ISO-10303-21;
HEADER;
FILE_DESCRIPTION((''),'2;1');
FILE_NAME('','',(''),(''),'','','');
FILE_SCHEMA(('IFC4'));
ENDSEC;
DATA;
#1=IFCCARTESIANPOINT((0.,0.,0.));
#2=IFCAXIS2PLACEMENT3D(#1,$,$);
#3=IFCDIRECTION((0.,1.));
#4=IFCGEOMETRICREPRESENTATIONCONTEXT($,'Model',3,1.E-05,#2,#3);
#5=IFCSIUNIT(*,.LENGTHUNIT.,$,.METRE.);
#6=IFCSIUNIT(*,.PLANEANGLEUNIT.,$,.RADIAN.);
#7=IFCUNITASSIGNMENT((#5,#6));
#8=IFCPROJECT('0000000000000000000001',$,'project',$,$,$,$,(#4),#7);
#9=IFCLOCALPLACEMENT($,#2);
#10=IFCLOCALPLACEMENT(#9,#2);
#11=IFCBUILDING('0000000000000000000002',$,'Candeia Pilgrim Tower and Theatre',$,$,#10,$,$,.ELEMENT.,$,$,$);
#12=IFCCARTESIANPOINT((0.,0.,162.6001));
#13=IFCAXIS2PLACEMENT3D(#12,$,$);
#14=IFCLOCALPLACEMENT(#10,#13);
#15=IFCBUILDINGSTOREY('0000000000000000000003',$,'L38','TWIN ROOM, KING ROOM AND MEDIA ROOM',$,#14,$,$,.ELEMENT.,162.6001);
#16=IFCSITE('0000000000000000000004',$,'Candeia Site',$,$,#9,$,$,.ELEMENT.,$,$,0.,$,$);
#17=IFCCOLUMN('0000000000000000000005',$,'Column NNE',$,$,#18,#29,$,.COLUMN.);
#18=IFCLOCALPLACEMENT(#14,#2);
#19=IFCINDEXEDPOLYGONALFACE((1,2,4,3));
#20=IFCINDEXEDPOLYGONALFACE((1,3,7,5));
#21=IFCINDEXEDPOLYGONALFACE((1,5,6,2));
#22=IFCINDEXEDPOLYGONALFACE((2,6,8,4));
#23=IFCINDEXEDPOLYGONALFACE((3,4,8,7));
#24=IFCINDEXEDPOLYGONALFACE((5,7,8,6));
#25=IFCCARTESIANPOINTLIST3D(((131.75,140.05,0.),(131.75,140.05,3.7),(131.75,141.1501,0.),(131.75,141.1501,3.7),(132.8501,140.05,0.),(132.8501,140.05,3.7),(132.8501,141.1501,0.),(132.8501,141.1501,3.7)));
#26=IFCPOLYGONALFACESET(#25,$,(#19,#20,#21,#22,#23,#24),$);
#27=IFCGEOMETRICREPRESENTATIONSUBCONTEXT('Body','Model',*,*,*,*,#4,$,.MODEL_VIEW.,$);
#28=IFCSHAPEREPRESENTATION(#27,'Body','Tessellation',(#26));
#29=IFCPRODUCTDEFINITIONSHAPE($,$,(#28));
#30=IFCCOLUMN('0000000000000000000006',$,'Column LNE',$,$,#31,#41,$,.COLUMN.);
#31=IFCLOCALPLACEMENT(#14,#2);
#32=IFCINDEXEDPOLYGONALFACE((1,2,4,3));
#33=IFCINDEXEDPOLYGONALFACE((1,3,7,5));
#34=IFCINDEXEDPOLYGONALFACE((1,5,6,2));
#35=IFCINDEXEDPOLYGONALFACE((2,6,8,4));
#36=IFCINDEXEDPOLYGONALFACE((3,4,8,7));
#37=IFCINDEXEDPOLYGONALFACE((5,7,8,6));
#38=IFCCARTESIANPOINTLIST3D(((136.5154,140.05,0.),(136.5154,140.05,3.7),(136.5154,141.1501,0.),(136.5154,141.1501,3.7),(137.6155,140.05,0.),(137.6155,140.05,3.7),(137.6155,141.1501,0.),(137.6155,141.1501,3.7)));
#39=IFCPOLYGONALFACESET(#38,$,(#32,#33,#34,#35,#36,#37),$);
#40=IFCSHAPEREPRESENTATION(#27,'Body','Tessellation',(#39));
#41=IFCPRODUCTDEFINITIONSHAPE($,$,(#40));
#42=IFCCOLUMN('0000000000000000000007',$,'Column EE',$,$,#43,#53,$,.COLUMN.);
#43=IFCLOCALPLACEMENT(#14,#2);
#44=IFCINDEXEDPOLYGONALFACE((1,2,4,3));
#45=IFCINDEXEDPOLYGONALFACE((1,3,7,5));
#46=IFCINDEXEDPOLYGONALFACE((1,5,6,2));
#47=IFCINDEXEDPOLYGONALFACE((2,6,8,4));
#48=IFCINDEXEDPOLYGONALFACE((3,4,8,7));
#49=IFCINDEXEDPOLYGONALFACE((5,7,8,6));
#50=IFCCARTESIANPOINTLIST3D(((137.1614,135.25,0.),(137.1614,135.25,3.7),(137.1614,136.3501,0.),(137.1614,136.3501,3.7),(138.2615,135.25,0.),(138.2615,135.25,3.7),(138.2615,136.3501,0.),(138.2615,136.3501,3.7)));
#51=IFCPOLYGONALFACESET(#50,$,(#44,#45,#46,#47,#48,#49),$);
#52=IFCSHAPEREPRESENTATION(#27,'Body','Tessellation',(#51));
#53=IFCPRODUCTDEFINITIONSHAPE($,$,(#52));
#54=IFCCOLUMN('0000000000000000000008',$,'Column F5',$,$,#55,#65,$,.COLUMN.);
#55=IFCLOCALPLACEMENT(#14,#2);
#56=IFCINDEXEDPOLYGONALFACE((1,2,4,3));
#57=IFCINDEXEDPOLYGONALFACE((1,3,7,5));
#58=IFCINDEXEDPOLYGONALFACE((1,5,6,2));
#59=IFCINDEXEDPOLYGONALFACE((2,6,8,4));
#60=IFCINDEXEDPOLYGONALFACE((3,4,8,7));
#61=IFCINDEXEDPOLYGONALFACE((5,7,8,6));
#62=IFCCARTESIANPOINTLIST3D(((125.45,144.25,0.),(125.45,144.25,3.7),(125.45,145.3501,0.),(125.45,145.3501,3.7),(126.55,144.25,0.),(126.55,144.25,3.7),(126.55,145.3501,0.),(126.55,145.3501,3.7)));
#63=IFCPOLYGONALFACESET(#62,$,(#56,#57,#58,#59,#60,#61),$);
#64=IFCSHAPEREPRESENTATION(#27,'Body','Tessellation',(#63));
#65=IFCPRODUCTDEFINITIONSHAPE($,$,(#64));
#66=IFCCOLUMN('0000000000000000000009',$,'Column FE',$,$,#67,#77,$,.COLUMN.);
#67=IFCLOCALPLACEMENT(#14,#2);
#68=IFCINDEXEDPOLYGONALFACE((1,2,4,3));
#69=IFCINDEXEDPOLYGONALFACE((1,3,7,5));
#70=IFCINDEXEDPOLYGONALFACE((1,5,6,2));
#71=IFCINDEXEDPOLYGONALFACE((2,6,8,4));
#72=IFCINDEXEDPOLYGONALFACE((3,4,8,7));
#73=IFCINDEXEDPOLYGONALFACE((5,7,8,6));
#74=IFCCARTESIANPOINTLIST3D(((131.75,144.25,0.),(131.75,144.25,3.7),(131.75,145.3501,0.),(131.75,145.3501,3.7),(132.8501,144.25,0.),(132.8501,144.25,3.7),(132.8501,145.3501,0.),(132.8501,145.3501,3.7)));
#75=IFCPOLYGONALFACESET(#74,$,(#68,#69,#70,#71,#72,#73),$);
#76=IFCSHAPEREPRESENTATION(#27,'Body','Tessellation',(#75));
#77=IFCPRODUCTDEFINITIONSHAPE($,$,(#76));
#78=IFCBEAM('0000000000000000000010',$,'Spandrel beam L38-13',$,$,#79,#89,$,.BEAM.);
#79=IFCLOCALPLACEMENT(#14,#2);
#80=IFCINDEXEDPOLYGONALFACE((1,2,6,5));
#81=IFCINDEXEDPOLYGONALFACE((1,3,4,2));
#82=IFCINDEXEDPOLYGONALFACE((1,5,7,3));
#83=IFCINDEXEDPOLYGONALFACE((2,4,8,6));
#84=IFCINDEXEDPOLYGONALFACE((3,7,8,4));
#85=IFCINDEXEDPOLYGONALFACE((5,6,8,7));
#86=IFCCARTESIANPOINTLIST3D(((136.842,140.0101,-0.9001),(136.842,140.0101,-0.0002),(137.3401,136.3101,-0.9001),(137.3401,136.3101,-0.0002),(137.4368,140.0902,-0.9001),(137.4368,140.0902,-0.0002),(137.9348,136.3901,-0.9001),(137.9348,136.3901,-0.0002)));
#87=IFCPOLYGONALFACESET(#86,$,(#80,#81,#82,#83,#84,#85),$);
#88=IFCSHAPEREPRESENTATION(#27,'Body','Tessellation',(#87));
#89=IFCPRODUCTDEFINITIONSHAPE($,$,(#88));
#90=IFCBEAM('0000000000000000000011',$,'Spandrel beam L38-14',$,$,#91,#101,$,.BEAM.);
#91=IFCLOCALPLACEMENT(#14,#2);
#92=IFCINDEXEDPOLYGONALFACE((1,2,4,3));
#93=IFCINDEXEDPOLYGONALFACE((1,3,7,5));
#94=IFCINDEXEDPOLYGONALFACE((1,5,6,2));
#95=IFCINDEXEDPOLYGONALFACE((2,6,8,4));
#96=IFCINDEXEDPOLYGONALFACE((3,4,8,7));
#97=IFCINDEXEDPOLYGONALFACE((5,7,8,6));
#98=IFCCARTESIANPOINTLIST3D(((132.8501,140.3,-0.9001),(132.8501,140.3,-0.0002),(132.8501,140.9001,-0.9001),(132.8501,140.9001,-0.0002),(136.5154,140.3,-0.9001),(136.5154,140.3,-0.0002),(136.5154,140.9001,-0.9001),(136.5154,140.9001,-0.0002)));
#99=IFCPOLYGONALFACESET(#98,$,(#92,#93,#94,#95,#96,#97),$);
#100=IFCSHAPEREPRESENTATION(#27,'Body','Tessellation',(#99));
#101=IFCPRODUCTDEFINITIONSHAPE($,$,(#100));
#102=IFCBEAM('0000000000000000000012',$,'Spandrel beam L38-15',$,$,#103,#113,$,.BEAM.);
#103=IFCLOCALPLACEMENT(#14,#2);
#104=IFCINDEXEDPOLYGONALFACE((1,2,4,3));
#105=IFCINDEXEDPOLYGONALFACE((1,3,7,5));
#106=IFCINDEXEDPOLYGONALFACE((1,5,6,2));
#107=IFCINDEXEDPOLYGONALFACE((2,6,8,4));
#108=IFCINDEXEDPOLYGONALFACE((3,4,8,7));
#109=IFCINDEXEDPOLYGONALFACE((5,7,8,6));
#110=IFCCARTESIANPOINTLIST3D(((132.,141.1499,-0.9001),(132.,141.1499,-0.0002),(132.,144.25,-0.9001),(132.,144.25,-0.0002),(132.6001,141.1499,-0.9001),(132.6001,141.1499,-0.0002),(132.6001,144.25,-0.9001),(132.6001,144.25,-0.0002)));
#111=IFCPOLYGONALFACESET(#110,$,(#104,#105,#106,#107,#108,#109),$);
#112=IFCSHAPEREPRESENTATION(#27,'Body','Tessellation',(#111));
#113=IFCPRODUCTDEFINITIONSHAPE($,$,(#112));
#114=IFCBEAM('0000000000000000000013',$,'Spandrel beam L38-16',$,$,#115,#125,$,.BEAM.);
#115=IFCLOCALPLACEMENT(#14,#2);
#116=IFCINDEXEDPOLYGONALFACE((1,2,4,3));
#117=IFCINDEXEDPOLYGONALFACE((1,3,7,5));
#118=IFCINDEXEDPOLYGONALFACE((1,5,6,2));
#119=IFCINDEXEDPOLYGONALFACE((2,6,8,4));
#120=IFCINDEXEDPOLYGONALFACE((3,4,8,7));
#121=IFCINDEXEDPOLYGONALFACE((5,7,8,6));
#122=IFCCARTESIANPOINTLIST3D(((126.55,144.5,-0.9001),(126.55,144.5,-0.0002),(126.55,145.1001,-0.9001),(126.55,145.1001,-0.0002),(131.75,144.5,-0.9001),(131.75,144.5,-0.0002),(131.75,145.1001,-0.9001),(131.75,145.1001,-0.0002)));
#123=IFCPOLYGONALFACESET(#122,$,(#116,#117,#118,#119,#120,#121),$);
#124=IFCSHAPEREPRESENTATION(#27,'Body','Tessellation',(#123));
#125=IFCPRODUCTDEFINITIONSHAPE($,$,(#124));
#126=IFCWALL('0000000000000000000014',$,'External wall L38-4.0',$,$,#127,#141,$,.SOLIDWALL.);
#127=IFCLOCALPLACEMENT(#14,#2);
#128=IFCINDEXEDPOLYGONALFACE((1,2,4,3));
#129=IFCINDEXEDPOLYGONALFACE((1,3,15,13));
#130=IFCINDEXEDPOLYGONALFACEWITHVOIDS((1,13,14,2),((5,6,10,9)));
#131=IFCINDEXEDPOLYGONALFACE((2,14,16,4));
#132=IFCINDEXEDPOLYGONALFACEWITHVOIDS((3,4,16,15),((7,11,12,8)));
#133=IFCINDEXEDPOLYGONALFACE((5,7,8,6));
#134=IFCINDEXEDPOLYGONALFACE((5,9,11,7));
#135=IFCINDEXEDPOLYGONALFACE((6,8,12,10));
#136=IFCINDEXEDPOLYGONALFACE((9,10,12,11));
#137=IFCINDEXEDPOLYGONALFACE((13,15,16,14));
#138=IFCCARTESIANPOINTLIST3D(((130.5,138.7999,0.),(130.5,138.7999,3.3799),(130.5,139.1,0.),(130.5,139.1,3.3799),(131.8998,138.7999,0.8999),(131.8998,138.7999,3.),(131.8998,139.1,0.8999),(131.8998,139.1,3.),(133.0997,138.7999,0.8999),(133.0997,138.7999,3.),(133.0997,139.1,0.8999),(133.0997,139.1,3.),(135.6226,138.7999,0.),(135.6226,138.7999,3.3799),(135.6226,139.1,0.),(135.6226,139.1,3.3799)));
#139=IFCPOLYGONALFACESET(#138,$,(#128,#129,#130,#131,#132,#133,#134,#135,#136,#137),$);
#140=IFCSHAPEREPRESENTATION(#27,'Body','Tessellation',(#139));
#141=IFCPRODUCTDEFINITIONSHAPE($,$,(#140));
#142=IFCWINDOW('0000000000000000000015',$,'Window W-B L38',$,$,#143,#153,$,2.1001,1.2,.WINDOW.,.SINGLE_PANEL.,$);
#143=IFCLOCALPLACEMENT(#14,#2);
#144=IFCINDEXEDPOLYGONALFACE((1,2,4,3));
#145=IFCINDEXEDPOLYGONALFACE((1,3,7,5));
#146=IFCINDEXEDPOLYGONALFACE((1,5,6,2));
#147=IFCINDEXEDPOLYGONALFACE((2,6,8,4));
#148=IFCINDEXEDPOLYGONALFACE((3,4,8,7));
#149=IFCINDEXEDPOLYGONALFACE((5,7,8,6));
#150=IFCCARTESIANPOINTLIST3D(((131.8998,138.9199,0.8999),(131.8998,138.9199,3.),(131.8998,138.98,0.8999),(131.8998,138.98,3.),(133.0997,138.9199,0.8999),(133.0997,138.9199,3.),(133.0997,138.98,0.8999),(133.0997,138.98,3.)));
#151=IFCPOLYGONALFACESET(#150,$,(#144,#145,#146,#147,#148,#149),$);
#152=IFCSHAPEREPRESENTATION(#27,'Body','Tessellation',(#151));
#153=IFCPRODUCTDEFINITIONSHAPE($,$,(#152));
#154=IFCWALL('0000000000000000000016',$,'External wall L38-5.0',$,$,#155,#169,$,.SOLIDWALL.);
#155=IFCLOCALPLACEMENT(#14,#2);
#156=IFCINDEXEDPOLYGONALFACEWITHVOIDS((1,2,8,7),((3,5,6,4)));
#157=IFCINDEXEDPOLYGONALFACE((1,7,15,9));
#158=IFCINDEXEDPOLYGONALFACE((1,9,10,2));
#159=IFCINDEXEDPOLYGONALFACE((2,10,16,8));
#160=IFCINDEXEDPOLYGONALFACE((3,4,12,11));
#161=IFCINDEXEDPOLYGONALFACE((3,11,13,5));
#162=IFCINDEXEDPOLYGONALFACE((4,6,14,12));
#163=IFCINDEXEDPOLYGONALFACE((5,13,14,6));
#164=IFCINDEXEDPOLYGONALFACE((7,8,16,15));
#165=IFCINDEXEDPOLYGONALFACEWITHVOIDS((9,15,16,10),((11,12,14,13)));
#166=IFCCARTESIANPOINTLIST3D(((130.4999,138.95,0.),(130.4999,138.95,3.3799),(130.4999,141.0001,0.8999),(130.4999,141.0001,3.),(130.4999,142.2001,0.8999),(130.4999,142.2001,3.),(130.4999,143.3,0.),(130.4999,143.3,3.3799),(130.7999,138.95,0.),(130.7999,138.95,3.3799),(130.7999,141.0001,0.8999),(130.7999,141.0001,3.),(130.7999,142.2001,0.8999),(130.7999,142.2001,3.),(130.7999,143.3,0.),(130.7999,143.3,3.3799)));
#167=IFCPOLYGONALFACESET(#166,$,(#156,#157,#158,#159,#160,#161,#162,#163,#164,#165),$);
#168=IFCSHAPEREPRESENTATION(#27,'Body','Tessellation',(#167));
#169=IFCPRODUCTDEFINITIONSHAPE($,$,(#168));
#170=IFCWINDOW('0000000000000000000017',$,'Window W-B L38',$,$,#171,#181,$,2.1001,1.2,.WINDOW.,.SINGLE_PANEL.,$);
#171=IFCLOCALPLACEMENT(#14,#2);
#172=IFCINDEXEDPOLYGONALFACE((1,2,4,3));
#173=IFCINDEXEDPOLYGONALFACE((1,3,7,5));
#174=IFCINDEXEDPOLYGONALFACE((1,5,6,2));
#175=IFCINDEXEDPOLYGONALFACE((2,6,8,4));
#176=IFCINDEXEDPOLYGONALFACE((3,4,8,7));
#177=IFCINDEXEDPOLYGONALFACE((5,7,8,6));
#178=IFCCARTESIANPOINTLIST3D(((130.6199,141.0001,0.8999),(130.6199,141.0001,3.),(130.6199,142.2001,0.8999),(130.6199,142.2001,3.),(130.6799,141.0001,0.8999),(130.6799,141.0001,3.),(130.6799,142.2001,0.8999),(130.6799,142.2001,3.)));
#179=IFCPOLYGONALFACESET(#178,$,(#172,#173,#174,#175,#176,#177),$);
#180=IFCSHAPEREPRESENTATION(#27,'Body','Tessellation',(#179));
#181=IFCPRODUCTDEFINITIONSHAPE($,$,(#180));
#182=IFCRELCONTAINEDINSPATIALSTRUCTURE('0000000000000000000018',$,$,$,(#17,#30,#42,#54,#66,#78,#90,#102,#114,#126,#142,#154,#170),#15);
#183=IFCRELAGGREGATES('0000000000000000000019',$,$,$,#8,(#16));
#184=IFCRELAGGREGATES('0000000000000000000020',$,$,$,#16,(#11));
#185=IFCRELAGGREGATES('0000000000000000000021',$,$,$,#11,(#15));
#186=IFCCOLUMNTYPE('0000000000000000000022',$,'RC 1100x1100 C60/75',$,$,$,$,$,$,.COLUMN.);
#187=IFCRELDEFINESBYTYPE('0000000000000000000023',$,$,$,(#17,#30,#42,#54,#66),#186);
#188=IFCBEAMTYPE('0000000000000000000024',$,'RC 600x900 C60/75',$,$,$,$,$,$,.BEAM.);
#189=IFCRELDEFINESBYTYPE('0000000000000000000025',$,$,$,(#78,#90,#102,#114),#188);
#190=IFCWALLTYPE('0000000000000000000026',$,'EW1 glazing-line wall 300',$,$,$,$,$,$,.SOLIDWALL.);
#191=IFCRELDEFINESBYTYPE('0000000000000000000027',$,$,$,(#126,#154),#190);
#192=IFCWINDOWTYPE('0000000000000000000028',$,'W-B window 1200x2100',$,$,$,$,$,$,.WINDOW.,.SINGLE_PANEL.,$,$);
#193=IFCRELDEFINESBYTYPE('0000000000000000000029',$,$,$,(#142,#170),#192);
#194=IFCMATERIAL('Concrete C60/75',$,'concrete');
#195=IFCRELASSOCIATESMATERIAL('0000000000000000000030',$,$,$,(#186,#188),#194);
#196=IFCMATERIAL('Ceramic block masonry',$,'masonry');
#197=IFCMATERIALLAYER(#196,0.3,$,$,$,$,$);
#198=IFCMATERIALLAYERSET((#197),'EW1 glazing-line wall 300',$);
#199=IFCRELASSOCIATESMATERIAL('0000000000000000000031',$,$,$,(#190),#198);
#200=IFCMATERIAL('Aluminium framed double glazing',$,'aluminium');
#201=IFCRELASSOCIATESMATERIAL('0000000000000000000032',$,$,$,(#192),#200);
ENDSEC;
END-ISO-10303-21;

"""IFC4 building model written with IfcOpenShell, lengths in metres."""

from ifc_helpers import new_model, si_unit, direction, frame, frame_2d, origin, origin_2d, place, context, subcontext, project, spatial, rectangle, extrude, material, layer, layer_set, material_profile, profile_set, type_object, element, fill, save


model = new_model("IFC4")

# Units and contexts
model_context = context("Model", 3, precision=1e-05, world=origin(), true_north=direction((0.0, 1.0)))
body_context = subcontext(model_context, "Body", "Model", "MODEL_VIEW")
ifc_project = project(units=[si_unit("LENGTHUNIT", "METRE"), si_unit("PLANEANGLEUNIT", "RADIAN")], contexts=[model_context])

# Site, building, storey
site_placement = place(None, origin())
site = spatial("IfcSite", under=ifc_project, at=site_placement, Name="Candeia Site", CompositionType="ELEMENT", RefElevation=0.0)
building_placement = place(site_placement, origin())
building = spatial("IfcBuilding", under=site, at=building_placement, Name="Candeia Pilgrim Tower and Theatre", CompositionType="ELEMENT")
storey_placement = place(building_placement, frame((0.0, 0.0, 162.6001)))
storey = spatial("IfcBuildingStorey", under=building, at=storey_placement, Name="L38", Description="TWIN ROOM, KING ROOM AND MEDIA ROOM", CompositionType="ELEMENT", Elevation=162.6001)

# Columns
ifc_material_1 = material(Name="Concrete C60/75", Category="concrete")
ifc_material_profile_1 = material_profile(ifc_material_1, rectangle(XDim=1.1001, YDim=1.1001, at=origin_2d()))
ifc_profile_set_1 = profile_set([ifc_material_profile_1], Name="Concrete C60/75")
column_type = type_object("IfcColumnType", Name="RC 1100x1100 C60/75", PredefinedType="COLUMN", material=ifc_profile_set_1)
for number, where, z_axis, x_axis, name in (
    (1, (132.3, 140.6001, 0.0), (0.0, 0.0, 1.0), (1.0, 0.0, 0.0), "Column NNE"),
    (2, (137.0654, 140.6001, 0.0), (0.0, 0.0, 1.0), (1.0, 0.0, 0.0), "Column LNE"),
    (3, (137.7114, 135.8, 0.0), (0.0, 0.0, 1.0), (1.0, 0.0, 0.0), "Column EE"),
    (4, (126.0, 144.8, 0.0), (0.0, 0.0, 1.0), (1.0, 0.0, 0.0), "Column F5"),
    (5, (132.3, 144.8, 0.0), (0.0, 0.0, 1.0), (1.0, 0.0, 0.0), "Column FE"),
):
    element("IfcColumn", number, at=place(storey_placement, frame(where, z_axis=z_axis, x_axis=x_axis)), inside=storey, type_object=column_type, Name=name, PredefinedType="COLUMN", context=body_context, shape_type="SweptSolid", body=[
        extrude(rectangle(XDim=1.1001, YDim=1.1001, at=origin_2d()), origin(), (0.0, 0.0, 1.0), 3.7),
    ])

# Beams
ifc_material_profile_2 = material_profile(ifc_material_1, rectangle(XDim=0.6001, YDim=0.8999, at=origin_2d()))
ifc_profile_set_2 = profile_set([ifc_material_profile_2], Name="Concrete C60/75")
beam_type = type_object("IfcBeamType", Name="RC 600x900 C60/75", PredefinedType="BEAM", material=ifc_profile_set_2)
beam_1_placement = place(storey_placement, frame((137.6375, 136.3501, -0.4502), z_axis=(-0.133406, 0.991061, 0.0), x_axis=(-0.991061, -0.133406, 0.0)))
element("IfcBeam", 6, at=beam_1_placement, inside=storey, type_object=beam_type, Name="Spandrel beam L38-13", PredefinedType="BEAM", context=body_context, shape_type="SweptSolid", body=[
    extrude(rectangle(XDim=0.6001, YDim=0.8999, at=origin_2d()), origin(), (0.0, 0.0, 1.0), 3.7334),
])
beam_2_placement = place(storey_placement, frame((136.5154, 140.6001, -0.4502), z_axis=(-1.0, 0.0, 0.0), x_axis=(0.0, -1.0, 0.0)))
element("IfcBeam", 7, at=beam_2_placement, inside=storey, type_object=beam_type, Name="Spandrel beam L38-14", PredefinedType="BEAM", context=body_context, shape_type="SweptSolid", body=[
    extrude(rectangle(XDim=0.6001, YDim=0.8999, at=origin_2d()), origin(), (0.0, 0.0, 1.0), 3.6653),
])
beam_3_placement = place(storey_placement, frame((132.3, 141.1499, -0.4502), z_axis=(0.0, 1.0, 0.0), x_axis=(-1.0, 0.0, 0.0)))
element("IfcBeam", 8, at=beam_3_placement, inside=storey, type_object=beam_type, Name="Spandrel beam L38-15", PredefinedType="BEAM", context=body_context, shape_type="SweptSolid", body=[
    extrude(rectangle(XDim=0.6001, YDim=0.8999, at=origin_2d()), origin(), (0.0, 0.0, 1.0), 3.1001),
])
beam_4_placement = place(storey_placement, frame((131.75, 144.8, -0.4502), z_axis=(-1.0, 0.0, 0.0), x_axis=(0.0, -1.0, 0.0)))
element("IfcBeam", 9, at=beam_4_placement, inside=storey, type_object=beam_type, Name="Spandrel beam L38-16", PredefinedType="BEAM", context=body_context, shape_type="SweptSolid", body=[
    extrude(rectangle(XDim=0.6001, YDim=0.8999, at=origin_2d()), origin(), (0.0, 0.0, 1.0), 5.2),
])

# Walls, openings, windows
ifc_material_2 = material(Name="Ceramic block masonry", Category="masonry")
ifc_layer_1 = layer(ifc_material_2, 0.3)
ifc_layer_set_1 = layer_set([ifc_layer_1], Name="EW1 glazing-line wall 300")
wall_type = type_object("IfcWallType", Name="EW1 glazing-line wall 300", PredefinedType="SOLIDWALL", material=ifc_layer_set_1)
wall_1_placement = place(storey_placement, frame((135.6226, 138.95, 0.0), z_axis=(0.0, 0.0, 1.0), x_axis=(-1.0, 0.0, 0.0)))
wall_1 = element("IfcWall", 10, at=wall_1_placement, inside=storey, type_object=wall_type, Name="External wall L38-4.0", PredefinedType="SOLIDWALL", context=body_context, shape_type="SweptSolid", body=[
    extrude(rectangle(XDim=5.1226, YDim=0.3, at=frame_2d((2.5613, 0.0))), origin(), (0.0, 0.0, 1.0), 3.3799),
])
opening_1_placement = place(wall_1_placement, frame((2.5227, 0.0, 0.8999)))
opening_1 = element("IfcOpeningElement", 11, at=opening_1_placement, cuts=wall_1, PredefinedType="OPENING", context=body_context, shape_type="SweptSolid", body=[
    extrude(rectangle(XDim=1.2, YDim=2.1001, at=frame_2d((0.6001, 1.05))), frame((0.0, 0.1602, 0.0), z_axis=(0.0, -1.0, 0.0), x_axis=(1.0, 0.0, 0.0)), (0.0, 0.0, 1.0), 0.3201),
])
ifc_material_3 = material(Name="Aluminium framed double glazing", Category="aluminium")
window_type_1 = type_object("IfcWindowType", Name="W-B window 1200x2100", PartitioningType="SINGLE_PANEL", PredefinedType="WINDOW", material=ifc_material_3)
window_1_placement = place(opening_1_placement, origin())
window_1 = element("IfcWindow", 12, at=window_1_placement, inside=storey, type_object=window_type_1, Name="Window W-B L38", OverallHeight=2.1001, OverallWidth=1.2, PartitioningType="SINGLE_PANEL", PredefinedType="WINDOW", context=body_context, shape_type="SweptSolid", body=[
    extrude(rectangle(XDim=1.2, YDim=2.1001, at=frame_2d((0.6001, 1.05))), frame((0.0, 0.03, 0.0), z_axis=(0.0, -1.0, 0.0), x_axis=(1.0, 0.0, 0.0)), (0.0, 0.0, 1.0), 0.0601),
])
fill(opening_1, window_1)
wall_2_placement = place(storey_placement, frame((130.6499, 138.95, 0.0), z_axis=(0.0, 0.0, 1.0), x_axis=(0.0, 1.0, 0.0)))
wall_2 = element("IfcWall", 13, at=wall_2_placement, inside=storey, type_object=wall_type, Name="External wall L38-5.0", PredefinedType="SOLIDWALL", context=body_context, shape_type="SweptSolid", body=[
    extrude(rectangle(XDim=4.3501, YDim=0.3, at=frame_2d((2.175, 0.0))), origin(), (0.0, 0.0, 1.0), 3.3799),
])
opening_2_placement = place(wall_2_placement, frame((2.05, 0.0, 0.8999)))
opening_2 = element("IfcOpeningElement", 14, at=opening_2_placement, cuts=wall_2, PredefinedType="OPENING", context=body_context, shape_type="SweptSolid", body=[
    extrude(rectangle(XDim=1.2, YDim=2.1001, at=frame_2d((0.6001, 1.05))), frame((0.0, 0.1602, 0.0), z_axis=(0.0, -1.0, 0.0), x_axis=(1.0, 0.0, 0.0)), (0.0, 0.0, 1.0), 0.3201),
])
window_2_placement = place(opening_2_placement, origin())
window_2 = element("IfcWindow", 15, at=window_2_placement, inside=storey, type_object=window_type_1, Name="Window W-B L38", OverallHeight=2.1001, OverallWidth=1.2, PartitioningType="SINGLE_PANEL", PredefinedType="WINDOW", context=body_context, shape_type="SweptSolid", body=[
    extrude(rectangle(XDim=1.2, YDim=2.1001, at=frame_2d((0.6001, 1.05))), frame((0.0, 0.03, 0.0), z_axis=(0.0, -1.0, 0.0), x_axis=(1.0, 0.0, 0.0)), (0.0, 0.0, 1.0), 0.0601),
])
fill(opening_2, window_2)

save(model, "model.ifc")
